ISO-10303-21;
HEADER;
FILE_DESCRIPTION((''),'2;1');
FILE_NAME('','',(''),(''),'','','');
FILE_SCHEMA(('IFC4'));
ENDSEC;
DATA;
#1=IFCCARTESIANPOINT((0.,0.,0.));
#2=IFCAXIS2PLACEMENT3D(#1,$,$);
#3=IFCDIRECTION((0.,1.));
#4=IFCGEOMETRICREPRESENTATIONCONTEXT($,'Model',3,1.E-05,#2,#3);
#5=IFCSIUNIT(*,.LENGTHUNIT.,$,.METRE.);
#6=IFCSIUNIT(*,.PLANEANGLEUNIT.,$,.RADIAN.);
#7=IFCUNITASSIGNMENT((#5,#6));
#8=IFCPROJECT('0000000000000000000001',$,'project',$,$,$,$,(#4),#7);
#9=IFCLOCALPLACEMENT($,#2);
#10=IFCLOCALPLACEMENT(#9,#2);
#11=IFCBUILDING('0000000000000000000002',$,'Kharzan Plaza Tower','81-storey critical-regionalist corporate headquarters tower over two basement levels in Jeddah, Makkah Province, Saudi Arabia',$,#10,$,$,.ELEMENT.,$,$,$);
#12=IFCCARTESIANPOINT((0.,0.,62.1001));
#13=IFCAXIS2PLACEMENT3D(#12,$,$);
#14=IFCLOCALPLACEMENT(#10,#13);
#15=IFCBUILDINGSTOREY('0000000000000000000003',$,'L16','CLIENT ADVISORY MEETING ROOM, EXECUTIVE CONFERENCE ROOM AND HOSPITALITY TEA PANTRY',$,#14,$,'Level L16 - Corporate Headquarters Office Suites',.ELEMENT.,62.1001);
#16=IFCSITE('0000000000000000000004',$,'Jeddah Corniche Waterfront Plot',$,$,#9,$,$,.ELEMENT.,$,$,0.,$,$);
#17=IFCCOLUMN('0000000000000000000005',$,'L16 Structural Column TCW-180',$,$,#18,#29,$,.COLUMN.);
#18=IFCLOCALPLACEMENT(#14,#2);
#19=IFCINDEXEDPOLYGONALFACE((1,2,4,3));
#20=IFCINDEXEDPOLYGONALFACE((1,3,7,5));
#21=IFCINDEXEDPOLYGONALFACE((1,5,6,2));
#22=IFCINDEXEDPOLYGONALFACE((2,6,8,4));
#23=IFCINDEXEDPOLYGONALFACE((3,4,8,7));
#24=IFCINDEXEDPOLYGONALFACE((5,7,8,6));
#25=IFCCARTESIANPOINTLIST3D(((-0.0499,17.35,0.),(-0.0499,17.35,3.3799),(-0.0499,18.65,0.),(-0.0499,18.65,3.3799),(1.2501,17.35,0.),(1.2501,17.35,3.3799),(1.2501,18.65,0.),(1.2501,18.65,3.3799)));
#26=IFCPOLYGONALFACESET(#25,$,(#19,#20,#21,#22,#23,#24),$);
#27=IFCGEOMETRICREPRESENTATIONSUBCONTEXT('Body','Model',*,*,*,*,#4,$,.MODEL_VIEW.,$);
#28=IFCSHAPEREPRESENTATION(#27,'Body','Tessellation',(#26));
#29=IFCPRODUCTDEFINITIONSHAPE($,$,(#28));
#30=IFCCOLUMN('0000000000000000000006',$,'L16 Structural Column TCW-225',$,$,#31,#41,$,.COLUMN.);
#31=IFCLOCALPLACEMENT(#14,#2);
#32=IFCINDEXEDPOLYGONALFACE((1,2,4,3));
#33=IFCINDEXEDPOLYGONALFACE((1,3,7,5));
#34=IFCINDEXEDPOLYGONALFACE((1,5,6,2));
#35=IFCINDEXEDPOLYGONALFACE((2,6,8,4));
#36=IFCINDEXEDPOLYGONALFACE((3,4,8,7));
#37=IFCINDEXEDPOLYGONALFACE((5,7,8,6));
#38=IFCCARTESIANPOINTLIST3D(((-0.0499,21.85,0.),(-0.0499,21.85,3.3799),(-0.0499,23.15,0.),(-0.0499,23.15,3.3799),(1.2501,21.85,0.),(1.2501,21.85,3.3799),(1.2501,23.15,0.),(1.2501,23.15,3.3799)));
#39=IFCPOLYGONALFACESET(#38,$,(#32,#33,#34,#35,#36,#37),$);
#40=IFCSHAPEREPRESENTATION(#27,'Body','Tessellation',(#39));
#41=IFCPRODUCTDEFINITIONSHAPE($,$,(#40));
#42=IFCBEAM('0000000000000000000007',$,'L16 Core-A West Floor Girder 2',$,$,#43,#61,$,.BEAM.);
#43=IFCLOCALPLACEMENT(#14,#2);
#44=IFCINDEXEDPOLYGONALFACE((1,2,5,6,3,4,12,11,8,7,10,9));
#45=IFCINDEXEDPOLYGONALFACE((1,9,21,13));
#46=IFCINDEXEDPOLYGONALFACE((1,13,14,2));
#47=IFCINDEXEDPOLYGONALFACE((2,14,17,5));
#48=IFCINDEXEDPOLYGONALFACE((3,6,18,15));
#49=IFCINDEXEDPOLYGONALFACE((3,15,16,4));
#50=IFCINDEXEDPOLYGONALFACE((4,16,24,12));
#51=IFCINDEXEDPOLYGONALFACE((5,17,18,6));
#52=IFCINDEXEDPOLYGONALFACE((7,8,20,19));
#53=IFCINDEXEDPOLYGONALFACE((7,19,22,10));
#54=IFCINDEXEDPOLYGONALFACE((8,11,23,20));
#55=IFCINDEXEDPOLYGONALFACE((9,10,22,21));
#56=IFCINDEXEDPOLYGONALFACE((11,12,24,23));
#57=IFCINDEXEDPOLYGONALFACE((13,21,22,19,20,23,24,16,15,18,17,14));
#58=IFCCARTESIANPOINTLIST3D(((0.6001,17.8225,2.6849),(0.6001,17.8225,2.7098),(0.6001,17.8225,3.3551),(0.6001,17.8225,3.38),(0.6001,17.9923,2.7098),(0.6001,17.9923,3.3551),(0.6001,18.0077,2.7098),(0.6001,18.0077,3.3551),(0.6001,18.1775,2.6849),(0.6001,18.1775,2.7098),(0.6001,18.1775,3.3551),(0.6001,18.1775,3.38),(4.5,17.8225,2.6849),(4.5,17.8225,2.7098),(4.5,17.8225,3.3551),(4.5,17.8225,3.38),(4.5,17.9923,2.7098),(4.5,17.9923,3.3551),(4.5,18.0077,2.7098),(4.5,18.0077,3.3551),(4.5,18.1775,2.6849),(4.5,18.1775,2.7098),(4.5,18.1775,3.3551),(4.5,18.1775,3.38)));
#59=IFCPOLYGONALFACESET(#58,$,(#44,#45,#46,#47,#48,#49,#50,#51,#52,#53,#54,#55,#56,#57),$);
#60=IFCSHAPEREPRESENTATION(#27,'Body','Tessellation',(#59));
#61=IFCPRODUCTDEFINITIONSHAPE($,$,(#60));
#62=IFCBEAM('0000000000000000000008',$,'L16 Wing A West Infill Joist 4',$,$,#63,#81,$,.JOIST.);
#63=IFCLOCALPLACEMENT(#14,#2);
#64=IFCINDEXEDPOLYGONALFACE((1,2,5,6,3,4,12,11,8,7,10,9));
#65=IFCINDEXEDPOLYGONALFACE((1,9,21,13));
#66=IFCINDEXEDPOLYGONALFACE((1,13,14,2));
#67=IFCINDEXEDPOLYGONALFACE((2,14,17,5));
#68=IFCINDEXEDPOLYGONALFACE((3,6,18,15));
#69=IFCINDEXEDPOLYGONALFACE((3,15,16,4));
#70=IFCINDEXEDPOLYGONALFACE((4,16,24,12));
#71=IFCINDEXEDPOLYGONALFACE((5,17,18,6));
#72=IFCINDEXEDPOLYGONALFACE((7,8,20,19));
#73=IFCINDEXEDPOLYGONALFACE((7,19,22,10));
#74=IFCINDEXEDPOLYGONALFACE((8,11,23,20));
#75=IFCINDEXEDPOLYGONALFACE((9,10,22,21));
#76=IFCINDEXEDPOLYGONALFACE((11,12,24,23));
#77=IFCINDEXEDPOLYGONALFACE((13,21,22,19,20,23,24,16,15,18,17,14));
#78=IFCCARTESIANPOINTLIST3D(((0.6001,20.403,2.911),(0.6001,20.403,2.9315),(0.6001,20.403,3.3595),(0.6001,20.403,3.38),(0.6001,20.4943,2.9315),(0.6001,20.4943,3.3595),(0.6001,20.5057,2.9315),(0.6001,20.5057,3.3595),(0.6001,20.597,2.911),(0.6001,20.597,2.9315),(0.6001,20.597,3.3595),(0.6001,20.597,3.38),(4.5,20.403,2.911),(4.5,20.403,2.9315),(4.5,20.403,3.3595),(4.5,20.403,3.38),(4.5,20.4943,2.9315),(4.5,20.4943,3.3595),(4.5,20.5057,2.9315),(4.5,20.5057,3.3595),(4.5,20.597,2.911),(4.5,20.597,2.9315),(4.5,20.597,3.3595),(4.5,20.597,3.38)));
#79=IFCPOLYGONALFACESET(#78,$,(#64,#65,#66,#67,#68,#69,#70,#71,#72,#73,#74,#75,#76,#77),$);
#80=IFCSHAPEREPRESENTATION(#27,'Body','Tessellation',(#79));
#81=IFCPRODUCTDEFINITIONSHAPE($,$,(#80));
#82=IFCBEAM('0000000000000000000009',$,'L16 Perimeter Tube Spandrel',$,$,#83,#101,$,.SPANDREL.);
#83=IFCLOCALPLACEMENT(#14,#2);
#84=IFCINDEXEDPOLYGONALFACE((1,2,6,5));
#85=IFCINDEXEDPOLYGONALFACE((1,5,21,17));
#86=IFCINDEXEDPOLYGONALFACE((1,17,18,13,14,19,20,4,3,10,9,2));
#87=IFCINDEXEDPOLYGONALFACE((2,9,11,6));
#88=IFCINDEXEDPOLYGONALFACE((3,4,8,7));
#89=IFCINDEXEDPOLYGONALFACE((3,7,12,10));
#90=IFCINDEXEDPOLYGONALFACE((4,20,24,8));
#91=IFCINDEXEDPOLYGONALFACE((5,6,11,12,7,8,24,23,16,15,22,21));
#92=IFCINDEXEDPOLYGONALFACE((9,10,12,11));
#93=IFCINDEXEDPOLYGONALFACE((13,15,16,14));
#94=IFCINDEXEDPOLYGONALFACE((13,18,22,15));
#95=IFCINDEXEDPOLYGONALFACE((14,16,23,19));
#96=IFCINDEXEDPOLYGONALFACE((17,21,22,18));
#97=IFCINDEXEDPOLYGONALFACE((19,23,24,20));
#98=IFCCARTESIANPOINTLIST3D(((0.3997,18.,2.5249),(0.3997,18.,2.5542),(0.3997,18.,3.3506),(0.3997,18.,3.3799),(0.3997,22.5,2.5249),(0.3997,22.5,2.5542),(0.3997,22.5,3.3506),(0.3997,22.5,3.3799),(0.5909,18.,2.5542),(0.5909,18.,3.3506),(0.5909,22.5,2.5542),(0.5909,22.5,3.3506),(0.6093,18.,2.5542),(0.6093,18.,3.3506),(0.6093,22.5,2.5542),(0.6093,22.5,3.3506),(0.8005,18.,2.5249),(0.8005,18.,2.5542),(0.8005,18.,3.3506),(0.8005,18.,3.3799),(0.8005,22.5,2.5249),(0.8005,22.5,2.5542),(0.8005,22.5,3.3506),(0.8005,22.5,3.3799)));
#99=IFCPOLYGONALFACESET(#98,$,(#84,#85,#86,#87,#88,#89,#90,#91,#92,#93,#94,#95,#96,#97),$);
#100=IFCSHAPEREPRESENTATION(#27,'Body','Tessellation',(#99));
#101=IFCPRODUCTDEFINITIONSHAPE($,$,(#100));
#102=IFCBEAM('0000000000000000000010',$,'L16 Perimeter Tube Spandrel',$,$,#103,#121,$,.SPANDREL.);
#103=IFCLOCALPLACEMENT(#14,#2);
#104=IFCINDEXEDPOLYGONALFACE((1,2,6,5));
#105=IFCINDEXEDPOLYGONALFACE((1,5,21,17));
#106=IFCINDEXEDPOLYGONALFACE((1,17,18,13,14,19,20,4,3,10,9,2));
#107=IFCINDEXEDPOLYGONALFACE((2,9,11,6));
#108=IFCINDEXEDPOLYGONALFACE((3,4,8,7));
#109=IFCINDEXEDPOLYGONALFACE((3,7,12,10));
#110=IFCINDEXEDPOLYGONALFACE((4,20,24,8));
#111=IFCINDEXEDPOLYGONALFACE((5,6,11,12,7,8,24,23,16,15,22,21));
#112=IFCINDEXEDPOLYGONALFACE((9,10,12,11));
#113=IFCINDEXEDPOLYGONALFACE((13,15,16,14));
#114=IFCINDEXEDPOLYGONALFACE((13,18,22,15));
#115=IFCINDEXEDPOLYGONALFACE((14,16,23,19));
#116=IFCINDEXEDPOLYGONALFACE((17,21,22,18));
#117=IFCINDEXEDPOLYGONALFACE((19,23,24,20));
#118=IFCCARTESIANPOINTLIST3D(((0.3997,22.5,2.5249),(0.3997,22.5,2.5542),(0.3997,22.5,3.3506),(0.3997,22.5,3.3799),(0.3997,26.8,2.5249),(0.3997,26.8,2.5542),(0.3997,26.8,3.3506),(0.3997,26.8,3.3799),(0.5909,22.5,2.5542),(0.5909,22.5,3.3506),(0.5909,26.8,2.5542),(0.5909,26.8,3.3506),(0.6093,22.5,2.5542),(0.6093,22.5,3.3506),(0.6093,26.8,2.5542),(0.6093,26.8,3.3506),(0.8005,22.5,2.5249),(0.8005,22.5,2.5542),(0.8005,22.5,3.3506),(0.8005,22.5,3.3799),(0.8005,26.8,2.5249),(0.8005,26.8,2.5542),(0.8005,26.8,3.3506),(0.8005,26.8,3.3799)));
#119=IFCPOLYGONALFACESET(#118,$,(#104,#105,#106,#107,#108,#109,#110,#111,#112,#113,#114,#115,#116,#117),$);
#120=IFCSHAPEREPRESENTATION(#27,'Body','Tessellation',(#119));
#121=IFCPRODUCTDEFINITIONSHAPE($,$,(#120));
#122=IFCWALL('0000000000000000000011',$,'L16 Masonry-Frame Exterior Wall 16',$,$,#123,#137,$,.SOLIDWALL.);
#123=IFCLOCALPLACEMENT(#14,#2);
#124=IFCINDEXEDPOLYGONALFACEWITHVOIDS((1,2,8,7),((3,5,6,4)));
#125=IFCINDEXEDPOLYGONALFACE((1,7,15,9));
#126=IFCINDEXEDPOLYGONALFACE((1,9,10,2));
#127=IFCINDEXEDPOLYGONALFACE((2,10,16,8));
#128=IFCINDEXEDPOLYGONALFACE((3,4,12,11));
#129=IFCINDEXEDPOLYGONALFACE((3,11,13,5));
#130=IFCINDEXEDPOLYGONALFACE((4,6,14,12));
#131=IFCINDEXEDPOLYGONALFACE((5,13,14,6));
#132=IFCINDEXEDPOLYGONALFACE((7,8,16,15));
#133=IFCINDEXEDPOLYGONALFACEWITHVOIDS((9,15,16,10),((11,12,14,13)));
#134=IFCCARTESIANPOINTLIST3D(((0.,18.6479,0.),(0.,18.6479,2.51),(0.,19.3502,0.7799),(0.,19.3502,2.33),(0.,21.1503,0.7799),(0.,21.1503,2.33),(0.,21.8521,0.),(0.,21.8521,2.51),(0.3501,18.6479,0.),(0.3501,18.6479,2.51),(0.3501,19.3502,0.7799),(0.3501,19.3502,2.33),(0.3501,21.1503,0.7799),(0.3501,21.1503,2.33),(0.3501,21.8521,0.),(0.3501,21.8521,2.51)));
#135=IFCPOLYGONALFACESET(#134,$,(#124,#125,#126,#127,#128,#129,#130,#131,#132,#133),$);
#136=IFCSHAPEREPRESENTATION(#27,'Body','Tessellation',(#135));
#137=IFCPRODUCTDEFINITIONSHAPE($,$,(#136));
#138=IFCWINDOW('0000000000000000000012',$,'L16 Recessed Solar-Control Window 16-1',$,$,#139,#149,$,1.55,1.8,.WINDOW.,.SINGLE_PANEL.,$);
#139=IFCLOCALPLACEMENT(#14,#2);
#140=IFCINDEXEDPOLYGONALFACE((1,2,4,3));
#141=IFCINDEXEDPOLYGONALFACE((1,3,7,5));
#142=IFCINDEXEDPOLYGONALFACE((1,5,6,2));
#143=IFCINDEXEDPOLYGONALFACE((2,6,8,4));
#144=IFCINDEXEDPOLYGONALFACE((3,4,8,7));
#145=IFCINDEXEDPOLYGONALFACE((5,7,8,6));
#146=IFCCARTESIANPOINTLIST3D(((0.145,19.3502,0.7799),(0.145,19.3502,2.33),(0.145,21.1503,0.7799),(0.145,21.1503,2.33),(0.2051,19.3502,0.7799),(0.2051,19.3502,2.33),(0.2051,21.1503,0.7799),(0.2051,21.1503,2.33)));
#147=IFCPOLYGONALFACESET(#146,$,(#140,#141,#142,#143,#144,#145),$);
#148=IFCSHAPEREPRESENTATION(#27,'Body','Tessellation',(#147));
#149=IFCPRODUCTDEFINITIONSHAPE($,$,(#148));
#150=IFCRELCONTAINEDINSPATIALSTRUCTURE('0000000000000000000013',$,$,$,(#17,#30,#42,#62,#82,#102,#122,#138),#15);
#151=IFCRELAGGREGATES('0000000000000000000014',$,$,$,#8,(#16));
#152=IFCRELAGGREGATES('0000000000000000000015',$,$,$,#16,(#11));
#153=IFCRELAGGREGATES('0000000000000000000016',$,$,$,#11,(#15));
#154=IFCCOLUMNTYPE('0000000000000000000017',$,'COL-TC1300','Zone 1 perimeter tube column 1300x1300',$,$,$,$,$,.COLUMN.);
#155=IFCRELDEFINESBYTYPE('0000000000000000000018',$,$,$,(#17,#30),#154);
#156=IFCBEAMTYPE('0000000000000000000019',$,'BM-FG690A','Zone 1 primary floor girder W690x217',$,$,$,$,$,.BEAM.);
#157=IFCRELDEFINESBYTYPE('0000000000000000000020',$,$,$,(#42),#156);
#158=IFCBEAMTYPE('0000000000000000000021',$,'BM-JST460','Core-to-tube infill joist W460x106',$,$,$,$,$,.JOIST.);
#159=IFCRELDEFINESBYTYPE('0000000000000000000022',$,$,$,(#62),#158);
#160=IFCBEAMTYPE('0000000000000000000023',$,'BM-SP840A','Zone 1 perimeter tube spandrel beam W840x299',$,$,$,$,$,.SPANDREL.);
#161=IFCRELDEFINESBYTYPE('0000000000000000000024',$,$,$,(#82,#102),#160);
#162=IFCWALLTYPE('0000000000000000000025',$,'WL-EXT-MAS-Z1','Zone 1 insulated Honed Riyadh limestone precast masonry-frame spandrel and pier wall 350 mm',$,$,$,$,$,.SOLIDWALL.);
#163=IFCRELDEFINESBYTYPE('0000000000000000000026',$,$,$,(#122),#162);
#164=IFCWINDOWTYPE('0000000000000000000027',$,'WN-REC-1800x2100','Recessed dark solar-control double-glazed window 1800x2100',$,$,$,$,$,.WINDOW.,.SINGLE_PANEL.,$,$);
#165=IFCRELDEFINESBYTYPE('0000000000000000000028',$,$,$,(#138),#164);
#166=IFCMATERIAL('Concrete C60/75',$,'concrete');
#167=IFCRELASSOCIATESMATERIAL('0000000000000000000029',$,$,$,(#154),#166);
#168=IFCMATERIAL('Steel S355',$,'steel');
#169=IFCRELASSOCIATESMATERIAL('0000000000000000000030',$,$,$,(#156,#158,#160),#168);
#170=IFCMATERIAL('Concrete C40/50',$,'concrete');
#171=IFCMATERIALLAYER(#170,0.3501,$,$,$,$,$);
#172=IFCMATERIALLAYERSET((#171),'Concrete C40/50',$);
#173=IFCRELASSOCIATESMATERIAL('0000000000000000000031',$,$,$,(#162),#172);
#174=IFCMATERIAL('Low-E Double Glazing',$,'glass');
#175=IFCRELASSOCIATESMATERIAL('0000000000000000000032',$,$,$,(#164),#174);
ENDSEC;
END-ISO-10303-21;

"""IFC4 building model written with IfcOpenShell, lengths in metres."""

from ifc_helpers import new_model, si_unit, direction, frame, frame_2d, origin, origin_2d, place, context, subcontext, project, spatial, rectangle, i_section, extrude, source, transform, mapped, material, layer, layer_set, material_profile, profile_set, type_object, element, fill, save


model = new_model("IFC4")

# Units and contexts
model_context = context("Model", 3, precision=1e-05, world=origin(), true_north=direction((0.0, 1.0)))
body_context = subcontext(model_context, "Body", "Model", "MODEL_VIEW")
ifc_project = project(units=[si_unit("LENGTHUNIT", "METRE"), si_unit("PLANEANGLEUNIT", "RADIAN")], contexts=[model_context])

# Site, building, storey
site_placement = place(None, origin())
site = spatial("IfcSite", under=ifc_project, at=site_placement, Name="Jeddah Corniche Waterfront Plot", CompositionType="ELEMENT", RefElevation=0.0)
building_placement = place(site_placement, origin())
building = spatial("IfcBuilding", under=site, at=building_placement, Name="Kharzan Plaza Tower", Description="81-storey critical-regionalist corporate headquarters tower over two basement levels in Jeddah, Makkah Province, Saudi Arabia", CompositionType="ELEMENT")
storey_placement = place(building_placement, frame((0.0, 0.0, 62.1001)))
storey = spatial("IfcBuildingStorey", under=building, at=storey_placement, Name="L16", Description="CLIENT ADVISORY MEETING ROOM, EXECUTIVE CONFERENCE ROOM AND HOSPITALITY TEA PANTRY", LongName="Level L16 - Corporate Headquarters Office Suites", CompositionType="ELEMENT", Elevation=62.1001)

# Columns
ifc_material_1 = material(Name="Concrete C60/75", Category="concrete")
ifc_material_profile_1 = material_profile(ifc_material_1, rectangle(XDim=1.3, YDim=1.3, at=origin_2d()), Name="RC-TC1300x1300")
ifc_profile_set_1 = profile_set([ifc_material_profile_1], Name="Concrete C60/75")
column_type = type_object("IfcColumnType", Name="COL-TC1300", Description="Zone 1 perimeter tube column 1300x1300", PredefinedType="COLUMN", material=ifc_profile_set_1)
shared_shape_1 = source(origin(), body_context, "Body", "SweptSolid", [
    extrude(rectangle(XDim=1.3, YDim=1.3, at=origin_2d()), origin(), (0.0, 0.0, 1.0), 3.3799),
])
for number, where, z_axis, x_axis, name in (
    (1, (0.6001, 18.0, 0.0), (0.0, 0.0, 1.0), (1.0, 0.0, 0.0), "L16 Structural Column TCW-180"),
    (2, (0.6001, 22.5, 0.0), (0.0, 0.0, 1.0), (1.0, 0.0, 0.0), "L16 Structural Column TCW-225"),
):
    element("IfcColumn", number, at=place(storey_placement, frame(where, z_axis=z_axis, x_axis=x_axis)), inside=storey, type_object=column_type, Name=name, PredefinedType="COLUMN", context=body_context, shape_type="MappedRepresentation", body=[
        mapped(shared_shape_1, transform((0.0, 0.0, 0.0), x_axis=(1.0, 0.0, 0.0), y_axis=(0.0, 1.0, 0.0), z_axis=(0.0, 0.0, 1.0))),
    ])

# Beams
ifc_material_2 = material(Name="Steel S355", Category="steel")
ifc_material_profile_2 = material_profile(ifc_material_2, i_section(OverallWidth=0.355, OverallDepth=0.6951, WebThickness=0.0154, FlangeThickness=0.0249, at=origin_2d()), Name="W690x217")
ifc_profile_set_2 = profile_set([ifc_material_profile_2], Name="Steel S355")
beam_type_1 = type_object("IfcBeamType", Name="BM-FG690A", Description="Zone 1 primary floor girder W690x217", PredefinedType="BEAM", material=ifc_profile_set_2)
shared_shape_2 = source(origin(), body_context, "Body", "SweptSolid", [
    extrude(i_section(OverallWidth=0.355, OverallDepth=0.6951, WebThickness=0.0154, FlangeThickness=0.0249, at=origin_2d()), origin(), (0.0, 0.0, 1.0), 3.8999),
])
beam_1_placement = place(storey_placement, frame((0.6001, 18.0, 3.0325), z_axis=(1.0, 0.0, 0.0), x_axis=(0.0, 1.0, 0.0)))
element("IfcBeam", 3, at=beam_1_placement, inside=storey, type_object=beam_type_1, Name="L16 Core-A West Floor Girder 2", PredefinedType="BEAM", context=body_context, shape_type="MappedRepresentation", body=[
    mapped(shared_shape_2, transform((0.0, 0.0, 0.0), x_axis=(1.0, 0.0, 0.0), y_axis=(0.0, 1.0, 0.0), z_axis=(0.0, 0.0, 1.0))),
])
ifc_material_profile_3 = material_profile(ifc_material_2, i_section(OverallWidth=0.1941, OverallDepth=0.469, WebThickness=0.0115, FlangeThickness=0.0205, at=origin_2d()), Name="W460x106")
ifc_profile_set_3 = profile_set([ifc_material_profile_3], Name="Steel S355")
beam_type_2 = type_object("IfcBeamType", Name="BM-JST460", Description="Core-to-tube infill joist W460x106", PredefinedType="JOIST", material=ifc_profile_set_3)
shared_shape_3 = source(origin(), body_context, "Body", "SweptSolid", [
    extrude(i_section(OverallWidth=0.1941, OverallDepth=0.469, WebThickness=0.0115, FlangeThickness=0.0205, at=origin_2d()), origin(), (0.0, 0.0, 1.0), 3.8999),
])
beam_2_placement = place(storey_placement, frame((0.6001, 20.5, 3.1455), z_axis=(1.0, 0.0, 0.0), x_axis=(0.0, 1.0, 0.0)))
element("IfcBeam", 4, at=beam_2_placement, inside=storey, type_object=beam_type_2, Name="L16 Wing A West Infill Joist 4", PredefinedType="JOIST", context=body_context, shape_type="MappedRepresentation", body=[
    mapped(shared_shape_3, transform((0.0, 0.0, 0.0), x_axis=(1.0, 0.0, 0.0), y_axis=(0.0, 1.0, 0.0), z_axis=(0.0, 0.0, 1.0))),
])
ifc_material_profile_4 = material_profile(ifc_material_2, i_section(OverallWidth=0.4009, OverallDepth=0.855, WebThickness=0.0183, FlangeThickness=0.0293, at=origin_2d()), Name="W840x299")
ifc_profile_set_4 = profile_set([ifc_material_profile_4], Name="Steel S355")
beam_type_3 = type_object("IfcBeamType", Name="BM-SP840A", Description="Zone 1 perimeter tube spandrel beam W840x299", PredefinedType="SPANDREL", material=ifc_profile_set_4)
shared_shape_4 = source(origin(), body_context, "Body", "SweptSolid", [
    extrude(i_section(OverallWidth=0.4009, OverallDepth=0.855, WebThickness=0.0183, FlangeThickness=0.0293, at=origin_2d()), origin(), (0.0, 0.0, 1.0), 4.5),
])
beam_3_placement = place(storey_placement, frame((0.6001, 18.0, 2.9524), z_axis=(0.0, 1.0, 0.0), x_axis=(-1.0, 0.0, 0.0)))
element("IfcBeam", 5, at=beam_3_placement, inside=storey, type_object=beam_type_3, Name="L16 Perimeter Tube Spandrel", PredefinedType="SPANDREL", context=body_context, shape_type="MappedRepresentation", body=[
    mapped(shared_shape_4, transform((0.0, 0.0, 0.0), x_axis=(1.0, 0.0, 0.0), y_axis=(0.0, 1.0, 0.0), z_axis=(0.0, 0.0, 1.0))),
])
shared_shape_5 = source(origin(), body_context, "Body", "SweptSolid", [
    extrude(i_section(OverallWidth=0.4009, OverallDepth=0.855, WebThickness=0.0183, FlangeThickness=0.0293, at=origin_2d()), origin(), (0.0, 0.0, 1.0), 4.3),
])
beam_4_placement = place(storey_placement, frame((0.6001, 22.5, 2.9524), z_axis=(0.0, 1.0, 0.0), x_axis=(-1.0, 0.0, 0.0)))
element("IfcBeam", 6, at=beam_4_placement, inside=storey, type_object=beam_type_3, Name="L16 Perimeter Tube Spandrel", PredefinedType="SPANDREL", context=body_context, shape_type="MappedRepresentation", body=[
    mapped(shared_shape_5, transform((0.0, 0.0, 0.0), x_axis=(1.0, 0.0, 0.0), y_axis=(0.0, 1.0, 0.0), z_axis=(0.0, 0.0, 1.0))),
])

# Wall, opening, window
ifc_material_3 = material(Name="Concrete C40/50", Category="concrete")
ifc_layer_1 = layer(ifc_material_3, 0.3501)
ifc_layer_set_1 = layer_set([ifc_layer_1], Name="Concrete C40/50")
wall_type_1 = type_object("IfcWallType", Name="WL-EXT-MAS-Z1", Description="Zone 1 insulated Honed Riyadh limestone precast masonry-frame spandrel and pier wall 350 mm", PredefinedType="SOLIDWALL", material=ifc_layer_set_1)
wall_1_placement = place(storey_placement, frame((0.175, 21.8521, 0.0), z_axis=(0.0, 0.0, 1.0), x_axis=(0.0, -1.0, 0.0)))
wall_1 = element("IfcWall", 7, at=wall_1_placement, inside=storey, type_object=wall_type_1, Name="L16 Masonry-Frame Exterior Wall 16", PredefinedType="SOLIDWALL", context=body_context, shape_type="SweptSolid", body=[
    extrude(rectangle(XDim=3.2041, YDim=0.3501, at=frame_2d((1.6021, 0.0))), origin(), (0.0, 0.0, 1.0), 2.51),
])
opening_1_placement = place(wall_1_placement, frame((0.7019, 0.0, 0.78)))
opening_1 = element("IfcOpeningElement", 8, at=opening_1_placement, cuts=wall_1, PredefinedType="OPENING", context=body_context, shape_type="SweptSolid", body=[
    extrude(rectangle(XDim=1.8, YDim=1.55, at=frame_2d((0.8999, 0.7749))), frame((0.0, 0.1851, 0.0), z_axis=(0.0, -1.0, 0.0), x_axis=(1.0, 0.0, 0.0)), (0.0, 0.0, 1.0), 0.3701),
])
ifc_material_4 = material(Name="Low-E Double Glazing", Category="glass")
window_type = type_object("IfcWindowType", Name="WN-REC-1800x2100", Description="Recessed dark solar-control double-glazed window 1800x2100", PartitioningType="SINGLE_PANEL", PredefinedType="WINDOW", material=ifc_material_4)
shared_shape_6 = source(origin(), body_context, "Body", "SweptSolid", [
    extrude(rectangle(XDim=1.8, YDim=1.55, at=frame_2d((0.8999, 0.7749))), frame((0.0, 0.03, 0.0), z_axis=(0.0, -1.0, 0.0), x_axis=(1.0, 0.0, 0.0)), (0.0, 0.0, 1.0), 0.0601),
])
window_1_placement = place(opening_1_placement, origin())
window_1 = element("IfcWindow", 9, at=window_1_placement, inside=storey, type_object=window_type, Name="L16 Recessed Solar-Control Window 16-1", OverallHeight=1.55, OverallWidth=1.8, PartitioningType="SINGLE_PANEL", PredefinedType="WINDOW", context=body_context, shape_type="MappedRepresentation", body=[
    mapped(shared_shape_6, transform((0.0, 0.0, 0.0), x_axis=(1.0, 0.0, 0.0), y_axis=(0.0, 1.0, 0.0), z_axis=(0.0, 0.0, 1.0))),
])
fill(opening_1, window_1)

save(model, "model.ifc")
